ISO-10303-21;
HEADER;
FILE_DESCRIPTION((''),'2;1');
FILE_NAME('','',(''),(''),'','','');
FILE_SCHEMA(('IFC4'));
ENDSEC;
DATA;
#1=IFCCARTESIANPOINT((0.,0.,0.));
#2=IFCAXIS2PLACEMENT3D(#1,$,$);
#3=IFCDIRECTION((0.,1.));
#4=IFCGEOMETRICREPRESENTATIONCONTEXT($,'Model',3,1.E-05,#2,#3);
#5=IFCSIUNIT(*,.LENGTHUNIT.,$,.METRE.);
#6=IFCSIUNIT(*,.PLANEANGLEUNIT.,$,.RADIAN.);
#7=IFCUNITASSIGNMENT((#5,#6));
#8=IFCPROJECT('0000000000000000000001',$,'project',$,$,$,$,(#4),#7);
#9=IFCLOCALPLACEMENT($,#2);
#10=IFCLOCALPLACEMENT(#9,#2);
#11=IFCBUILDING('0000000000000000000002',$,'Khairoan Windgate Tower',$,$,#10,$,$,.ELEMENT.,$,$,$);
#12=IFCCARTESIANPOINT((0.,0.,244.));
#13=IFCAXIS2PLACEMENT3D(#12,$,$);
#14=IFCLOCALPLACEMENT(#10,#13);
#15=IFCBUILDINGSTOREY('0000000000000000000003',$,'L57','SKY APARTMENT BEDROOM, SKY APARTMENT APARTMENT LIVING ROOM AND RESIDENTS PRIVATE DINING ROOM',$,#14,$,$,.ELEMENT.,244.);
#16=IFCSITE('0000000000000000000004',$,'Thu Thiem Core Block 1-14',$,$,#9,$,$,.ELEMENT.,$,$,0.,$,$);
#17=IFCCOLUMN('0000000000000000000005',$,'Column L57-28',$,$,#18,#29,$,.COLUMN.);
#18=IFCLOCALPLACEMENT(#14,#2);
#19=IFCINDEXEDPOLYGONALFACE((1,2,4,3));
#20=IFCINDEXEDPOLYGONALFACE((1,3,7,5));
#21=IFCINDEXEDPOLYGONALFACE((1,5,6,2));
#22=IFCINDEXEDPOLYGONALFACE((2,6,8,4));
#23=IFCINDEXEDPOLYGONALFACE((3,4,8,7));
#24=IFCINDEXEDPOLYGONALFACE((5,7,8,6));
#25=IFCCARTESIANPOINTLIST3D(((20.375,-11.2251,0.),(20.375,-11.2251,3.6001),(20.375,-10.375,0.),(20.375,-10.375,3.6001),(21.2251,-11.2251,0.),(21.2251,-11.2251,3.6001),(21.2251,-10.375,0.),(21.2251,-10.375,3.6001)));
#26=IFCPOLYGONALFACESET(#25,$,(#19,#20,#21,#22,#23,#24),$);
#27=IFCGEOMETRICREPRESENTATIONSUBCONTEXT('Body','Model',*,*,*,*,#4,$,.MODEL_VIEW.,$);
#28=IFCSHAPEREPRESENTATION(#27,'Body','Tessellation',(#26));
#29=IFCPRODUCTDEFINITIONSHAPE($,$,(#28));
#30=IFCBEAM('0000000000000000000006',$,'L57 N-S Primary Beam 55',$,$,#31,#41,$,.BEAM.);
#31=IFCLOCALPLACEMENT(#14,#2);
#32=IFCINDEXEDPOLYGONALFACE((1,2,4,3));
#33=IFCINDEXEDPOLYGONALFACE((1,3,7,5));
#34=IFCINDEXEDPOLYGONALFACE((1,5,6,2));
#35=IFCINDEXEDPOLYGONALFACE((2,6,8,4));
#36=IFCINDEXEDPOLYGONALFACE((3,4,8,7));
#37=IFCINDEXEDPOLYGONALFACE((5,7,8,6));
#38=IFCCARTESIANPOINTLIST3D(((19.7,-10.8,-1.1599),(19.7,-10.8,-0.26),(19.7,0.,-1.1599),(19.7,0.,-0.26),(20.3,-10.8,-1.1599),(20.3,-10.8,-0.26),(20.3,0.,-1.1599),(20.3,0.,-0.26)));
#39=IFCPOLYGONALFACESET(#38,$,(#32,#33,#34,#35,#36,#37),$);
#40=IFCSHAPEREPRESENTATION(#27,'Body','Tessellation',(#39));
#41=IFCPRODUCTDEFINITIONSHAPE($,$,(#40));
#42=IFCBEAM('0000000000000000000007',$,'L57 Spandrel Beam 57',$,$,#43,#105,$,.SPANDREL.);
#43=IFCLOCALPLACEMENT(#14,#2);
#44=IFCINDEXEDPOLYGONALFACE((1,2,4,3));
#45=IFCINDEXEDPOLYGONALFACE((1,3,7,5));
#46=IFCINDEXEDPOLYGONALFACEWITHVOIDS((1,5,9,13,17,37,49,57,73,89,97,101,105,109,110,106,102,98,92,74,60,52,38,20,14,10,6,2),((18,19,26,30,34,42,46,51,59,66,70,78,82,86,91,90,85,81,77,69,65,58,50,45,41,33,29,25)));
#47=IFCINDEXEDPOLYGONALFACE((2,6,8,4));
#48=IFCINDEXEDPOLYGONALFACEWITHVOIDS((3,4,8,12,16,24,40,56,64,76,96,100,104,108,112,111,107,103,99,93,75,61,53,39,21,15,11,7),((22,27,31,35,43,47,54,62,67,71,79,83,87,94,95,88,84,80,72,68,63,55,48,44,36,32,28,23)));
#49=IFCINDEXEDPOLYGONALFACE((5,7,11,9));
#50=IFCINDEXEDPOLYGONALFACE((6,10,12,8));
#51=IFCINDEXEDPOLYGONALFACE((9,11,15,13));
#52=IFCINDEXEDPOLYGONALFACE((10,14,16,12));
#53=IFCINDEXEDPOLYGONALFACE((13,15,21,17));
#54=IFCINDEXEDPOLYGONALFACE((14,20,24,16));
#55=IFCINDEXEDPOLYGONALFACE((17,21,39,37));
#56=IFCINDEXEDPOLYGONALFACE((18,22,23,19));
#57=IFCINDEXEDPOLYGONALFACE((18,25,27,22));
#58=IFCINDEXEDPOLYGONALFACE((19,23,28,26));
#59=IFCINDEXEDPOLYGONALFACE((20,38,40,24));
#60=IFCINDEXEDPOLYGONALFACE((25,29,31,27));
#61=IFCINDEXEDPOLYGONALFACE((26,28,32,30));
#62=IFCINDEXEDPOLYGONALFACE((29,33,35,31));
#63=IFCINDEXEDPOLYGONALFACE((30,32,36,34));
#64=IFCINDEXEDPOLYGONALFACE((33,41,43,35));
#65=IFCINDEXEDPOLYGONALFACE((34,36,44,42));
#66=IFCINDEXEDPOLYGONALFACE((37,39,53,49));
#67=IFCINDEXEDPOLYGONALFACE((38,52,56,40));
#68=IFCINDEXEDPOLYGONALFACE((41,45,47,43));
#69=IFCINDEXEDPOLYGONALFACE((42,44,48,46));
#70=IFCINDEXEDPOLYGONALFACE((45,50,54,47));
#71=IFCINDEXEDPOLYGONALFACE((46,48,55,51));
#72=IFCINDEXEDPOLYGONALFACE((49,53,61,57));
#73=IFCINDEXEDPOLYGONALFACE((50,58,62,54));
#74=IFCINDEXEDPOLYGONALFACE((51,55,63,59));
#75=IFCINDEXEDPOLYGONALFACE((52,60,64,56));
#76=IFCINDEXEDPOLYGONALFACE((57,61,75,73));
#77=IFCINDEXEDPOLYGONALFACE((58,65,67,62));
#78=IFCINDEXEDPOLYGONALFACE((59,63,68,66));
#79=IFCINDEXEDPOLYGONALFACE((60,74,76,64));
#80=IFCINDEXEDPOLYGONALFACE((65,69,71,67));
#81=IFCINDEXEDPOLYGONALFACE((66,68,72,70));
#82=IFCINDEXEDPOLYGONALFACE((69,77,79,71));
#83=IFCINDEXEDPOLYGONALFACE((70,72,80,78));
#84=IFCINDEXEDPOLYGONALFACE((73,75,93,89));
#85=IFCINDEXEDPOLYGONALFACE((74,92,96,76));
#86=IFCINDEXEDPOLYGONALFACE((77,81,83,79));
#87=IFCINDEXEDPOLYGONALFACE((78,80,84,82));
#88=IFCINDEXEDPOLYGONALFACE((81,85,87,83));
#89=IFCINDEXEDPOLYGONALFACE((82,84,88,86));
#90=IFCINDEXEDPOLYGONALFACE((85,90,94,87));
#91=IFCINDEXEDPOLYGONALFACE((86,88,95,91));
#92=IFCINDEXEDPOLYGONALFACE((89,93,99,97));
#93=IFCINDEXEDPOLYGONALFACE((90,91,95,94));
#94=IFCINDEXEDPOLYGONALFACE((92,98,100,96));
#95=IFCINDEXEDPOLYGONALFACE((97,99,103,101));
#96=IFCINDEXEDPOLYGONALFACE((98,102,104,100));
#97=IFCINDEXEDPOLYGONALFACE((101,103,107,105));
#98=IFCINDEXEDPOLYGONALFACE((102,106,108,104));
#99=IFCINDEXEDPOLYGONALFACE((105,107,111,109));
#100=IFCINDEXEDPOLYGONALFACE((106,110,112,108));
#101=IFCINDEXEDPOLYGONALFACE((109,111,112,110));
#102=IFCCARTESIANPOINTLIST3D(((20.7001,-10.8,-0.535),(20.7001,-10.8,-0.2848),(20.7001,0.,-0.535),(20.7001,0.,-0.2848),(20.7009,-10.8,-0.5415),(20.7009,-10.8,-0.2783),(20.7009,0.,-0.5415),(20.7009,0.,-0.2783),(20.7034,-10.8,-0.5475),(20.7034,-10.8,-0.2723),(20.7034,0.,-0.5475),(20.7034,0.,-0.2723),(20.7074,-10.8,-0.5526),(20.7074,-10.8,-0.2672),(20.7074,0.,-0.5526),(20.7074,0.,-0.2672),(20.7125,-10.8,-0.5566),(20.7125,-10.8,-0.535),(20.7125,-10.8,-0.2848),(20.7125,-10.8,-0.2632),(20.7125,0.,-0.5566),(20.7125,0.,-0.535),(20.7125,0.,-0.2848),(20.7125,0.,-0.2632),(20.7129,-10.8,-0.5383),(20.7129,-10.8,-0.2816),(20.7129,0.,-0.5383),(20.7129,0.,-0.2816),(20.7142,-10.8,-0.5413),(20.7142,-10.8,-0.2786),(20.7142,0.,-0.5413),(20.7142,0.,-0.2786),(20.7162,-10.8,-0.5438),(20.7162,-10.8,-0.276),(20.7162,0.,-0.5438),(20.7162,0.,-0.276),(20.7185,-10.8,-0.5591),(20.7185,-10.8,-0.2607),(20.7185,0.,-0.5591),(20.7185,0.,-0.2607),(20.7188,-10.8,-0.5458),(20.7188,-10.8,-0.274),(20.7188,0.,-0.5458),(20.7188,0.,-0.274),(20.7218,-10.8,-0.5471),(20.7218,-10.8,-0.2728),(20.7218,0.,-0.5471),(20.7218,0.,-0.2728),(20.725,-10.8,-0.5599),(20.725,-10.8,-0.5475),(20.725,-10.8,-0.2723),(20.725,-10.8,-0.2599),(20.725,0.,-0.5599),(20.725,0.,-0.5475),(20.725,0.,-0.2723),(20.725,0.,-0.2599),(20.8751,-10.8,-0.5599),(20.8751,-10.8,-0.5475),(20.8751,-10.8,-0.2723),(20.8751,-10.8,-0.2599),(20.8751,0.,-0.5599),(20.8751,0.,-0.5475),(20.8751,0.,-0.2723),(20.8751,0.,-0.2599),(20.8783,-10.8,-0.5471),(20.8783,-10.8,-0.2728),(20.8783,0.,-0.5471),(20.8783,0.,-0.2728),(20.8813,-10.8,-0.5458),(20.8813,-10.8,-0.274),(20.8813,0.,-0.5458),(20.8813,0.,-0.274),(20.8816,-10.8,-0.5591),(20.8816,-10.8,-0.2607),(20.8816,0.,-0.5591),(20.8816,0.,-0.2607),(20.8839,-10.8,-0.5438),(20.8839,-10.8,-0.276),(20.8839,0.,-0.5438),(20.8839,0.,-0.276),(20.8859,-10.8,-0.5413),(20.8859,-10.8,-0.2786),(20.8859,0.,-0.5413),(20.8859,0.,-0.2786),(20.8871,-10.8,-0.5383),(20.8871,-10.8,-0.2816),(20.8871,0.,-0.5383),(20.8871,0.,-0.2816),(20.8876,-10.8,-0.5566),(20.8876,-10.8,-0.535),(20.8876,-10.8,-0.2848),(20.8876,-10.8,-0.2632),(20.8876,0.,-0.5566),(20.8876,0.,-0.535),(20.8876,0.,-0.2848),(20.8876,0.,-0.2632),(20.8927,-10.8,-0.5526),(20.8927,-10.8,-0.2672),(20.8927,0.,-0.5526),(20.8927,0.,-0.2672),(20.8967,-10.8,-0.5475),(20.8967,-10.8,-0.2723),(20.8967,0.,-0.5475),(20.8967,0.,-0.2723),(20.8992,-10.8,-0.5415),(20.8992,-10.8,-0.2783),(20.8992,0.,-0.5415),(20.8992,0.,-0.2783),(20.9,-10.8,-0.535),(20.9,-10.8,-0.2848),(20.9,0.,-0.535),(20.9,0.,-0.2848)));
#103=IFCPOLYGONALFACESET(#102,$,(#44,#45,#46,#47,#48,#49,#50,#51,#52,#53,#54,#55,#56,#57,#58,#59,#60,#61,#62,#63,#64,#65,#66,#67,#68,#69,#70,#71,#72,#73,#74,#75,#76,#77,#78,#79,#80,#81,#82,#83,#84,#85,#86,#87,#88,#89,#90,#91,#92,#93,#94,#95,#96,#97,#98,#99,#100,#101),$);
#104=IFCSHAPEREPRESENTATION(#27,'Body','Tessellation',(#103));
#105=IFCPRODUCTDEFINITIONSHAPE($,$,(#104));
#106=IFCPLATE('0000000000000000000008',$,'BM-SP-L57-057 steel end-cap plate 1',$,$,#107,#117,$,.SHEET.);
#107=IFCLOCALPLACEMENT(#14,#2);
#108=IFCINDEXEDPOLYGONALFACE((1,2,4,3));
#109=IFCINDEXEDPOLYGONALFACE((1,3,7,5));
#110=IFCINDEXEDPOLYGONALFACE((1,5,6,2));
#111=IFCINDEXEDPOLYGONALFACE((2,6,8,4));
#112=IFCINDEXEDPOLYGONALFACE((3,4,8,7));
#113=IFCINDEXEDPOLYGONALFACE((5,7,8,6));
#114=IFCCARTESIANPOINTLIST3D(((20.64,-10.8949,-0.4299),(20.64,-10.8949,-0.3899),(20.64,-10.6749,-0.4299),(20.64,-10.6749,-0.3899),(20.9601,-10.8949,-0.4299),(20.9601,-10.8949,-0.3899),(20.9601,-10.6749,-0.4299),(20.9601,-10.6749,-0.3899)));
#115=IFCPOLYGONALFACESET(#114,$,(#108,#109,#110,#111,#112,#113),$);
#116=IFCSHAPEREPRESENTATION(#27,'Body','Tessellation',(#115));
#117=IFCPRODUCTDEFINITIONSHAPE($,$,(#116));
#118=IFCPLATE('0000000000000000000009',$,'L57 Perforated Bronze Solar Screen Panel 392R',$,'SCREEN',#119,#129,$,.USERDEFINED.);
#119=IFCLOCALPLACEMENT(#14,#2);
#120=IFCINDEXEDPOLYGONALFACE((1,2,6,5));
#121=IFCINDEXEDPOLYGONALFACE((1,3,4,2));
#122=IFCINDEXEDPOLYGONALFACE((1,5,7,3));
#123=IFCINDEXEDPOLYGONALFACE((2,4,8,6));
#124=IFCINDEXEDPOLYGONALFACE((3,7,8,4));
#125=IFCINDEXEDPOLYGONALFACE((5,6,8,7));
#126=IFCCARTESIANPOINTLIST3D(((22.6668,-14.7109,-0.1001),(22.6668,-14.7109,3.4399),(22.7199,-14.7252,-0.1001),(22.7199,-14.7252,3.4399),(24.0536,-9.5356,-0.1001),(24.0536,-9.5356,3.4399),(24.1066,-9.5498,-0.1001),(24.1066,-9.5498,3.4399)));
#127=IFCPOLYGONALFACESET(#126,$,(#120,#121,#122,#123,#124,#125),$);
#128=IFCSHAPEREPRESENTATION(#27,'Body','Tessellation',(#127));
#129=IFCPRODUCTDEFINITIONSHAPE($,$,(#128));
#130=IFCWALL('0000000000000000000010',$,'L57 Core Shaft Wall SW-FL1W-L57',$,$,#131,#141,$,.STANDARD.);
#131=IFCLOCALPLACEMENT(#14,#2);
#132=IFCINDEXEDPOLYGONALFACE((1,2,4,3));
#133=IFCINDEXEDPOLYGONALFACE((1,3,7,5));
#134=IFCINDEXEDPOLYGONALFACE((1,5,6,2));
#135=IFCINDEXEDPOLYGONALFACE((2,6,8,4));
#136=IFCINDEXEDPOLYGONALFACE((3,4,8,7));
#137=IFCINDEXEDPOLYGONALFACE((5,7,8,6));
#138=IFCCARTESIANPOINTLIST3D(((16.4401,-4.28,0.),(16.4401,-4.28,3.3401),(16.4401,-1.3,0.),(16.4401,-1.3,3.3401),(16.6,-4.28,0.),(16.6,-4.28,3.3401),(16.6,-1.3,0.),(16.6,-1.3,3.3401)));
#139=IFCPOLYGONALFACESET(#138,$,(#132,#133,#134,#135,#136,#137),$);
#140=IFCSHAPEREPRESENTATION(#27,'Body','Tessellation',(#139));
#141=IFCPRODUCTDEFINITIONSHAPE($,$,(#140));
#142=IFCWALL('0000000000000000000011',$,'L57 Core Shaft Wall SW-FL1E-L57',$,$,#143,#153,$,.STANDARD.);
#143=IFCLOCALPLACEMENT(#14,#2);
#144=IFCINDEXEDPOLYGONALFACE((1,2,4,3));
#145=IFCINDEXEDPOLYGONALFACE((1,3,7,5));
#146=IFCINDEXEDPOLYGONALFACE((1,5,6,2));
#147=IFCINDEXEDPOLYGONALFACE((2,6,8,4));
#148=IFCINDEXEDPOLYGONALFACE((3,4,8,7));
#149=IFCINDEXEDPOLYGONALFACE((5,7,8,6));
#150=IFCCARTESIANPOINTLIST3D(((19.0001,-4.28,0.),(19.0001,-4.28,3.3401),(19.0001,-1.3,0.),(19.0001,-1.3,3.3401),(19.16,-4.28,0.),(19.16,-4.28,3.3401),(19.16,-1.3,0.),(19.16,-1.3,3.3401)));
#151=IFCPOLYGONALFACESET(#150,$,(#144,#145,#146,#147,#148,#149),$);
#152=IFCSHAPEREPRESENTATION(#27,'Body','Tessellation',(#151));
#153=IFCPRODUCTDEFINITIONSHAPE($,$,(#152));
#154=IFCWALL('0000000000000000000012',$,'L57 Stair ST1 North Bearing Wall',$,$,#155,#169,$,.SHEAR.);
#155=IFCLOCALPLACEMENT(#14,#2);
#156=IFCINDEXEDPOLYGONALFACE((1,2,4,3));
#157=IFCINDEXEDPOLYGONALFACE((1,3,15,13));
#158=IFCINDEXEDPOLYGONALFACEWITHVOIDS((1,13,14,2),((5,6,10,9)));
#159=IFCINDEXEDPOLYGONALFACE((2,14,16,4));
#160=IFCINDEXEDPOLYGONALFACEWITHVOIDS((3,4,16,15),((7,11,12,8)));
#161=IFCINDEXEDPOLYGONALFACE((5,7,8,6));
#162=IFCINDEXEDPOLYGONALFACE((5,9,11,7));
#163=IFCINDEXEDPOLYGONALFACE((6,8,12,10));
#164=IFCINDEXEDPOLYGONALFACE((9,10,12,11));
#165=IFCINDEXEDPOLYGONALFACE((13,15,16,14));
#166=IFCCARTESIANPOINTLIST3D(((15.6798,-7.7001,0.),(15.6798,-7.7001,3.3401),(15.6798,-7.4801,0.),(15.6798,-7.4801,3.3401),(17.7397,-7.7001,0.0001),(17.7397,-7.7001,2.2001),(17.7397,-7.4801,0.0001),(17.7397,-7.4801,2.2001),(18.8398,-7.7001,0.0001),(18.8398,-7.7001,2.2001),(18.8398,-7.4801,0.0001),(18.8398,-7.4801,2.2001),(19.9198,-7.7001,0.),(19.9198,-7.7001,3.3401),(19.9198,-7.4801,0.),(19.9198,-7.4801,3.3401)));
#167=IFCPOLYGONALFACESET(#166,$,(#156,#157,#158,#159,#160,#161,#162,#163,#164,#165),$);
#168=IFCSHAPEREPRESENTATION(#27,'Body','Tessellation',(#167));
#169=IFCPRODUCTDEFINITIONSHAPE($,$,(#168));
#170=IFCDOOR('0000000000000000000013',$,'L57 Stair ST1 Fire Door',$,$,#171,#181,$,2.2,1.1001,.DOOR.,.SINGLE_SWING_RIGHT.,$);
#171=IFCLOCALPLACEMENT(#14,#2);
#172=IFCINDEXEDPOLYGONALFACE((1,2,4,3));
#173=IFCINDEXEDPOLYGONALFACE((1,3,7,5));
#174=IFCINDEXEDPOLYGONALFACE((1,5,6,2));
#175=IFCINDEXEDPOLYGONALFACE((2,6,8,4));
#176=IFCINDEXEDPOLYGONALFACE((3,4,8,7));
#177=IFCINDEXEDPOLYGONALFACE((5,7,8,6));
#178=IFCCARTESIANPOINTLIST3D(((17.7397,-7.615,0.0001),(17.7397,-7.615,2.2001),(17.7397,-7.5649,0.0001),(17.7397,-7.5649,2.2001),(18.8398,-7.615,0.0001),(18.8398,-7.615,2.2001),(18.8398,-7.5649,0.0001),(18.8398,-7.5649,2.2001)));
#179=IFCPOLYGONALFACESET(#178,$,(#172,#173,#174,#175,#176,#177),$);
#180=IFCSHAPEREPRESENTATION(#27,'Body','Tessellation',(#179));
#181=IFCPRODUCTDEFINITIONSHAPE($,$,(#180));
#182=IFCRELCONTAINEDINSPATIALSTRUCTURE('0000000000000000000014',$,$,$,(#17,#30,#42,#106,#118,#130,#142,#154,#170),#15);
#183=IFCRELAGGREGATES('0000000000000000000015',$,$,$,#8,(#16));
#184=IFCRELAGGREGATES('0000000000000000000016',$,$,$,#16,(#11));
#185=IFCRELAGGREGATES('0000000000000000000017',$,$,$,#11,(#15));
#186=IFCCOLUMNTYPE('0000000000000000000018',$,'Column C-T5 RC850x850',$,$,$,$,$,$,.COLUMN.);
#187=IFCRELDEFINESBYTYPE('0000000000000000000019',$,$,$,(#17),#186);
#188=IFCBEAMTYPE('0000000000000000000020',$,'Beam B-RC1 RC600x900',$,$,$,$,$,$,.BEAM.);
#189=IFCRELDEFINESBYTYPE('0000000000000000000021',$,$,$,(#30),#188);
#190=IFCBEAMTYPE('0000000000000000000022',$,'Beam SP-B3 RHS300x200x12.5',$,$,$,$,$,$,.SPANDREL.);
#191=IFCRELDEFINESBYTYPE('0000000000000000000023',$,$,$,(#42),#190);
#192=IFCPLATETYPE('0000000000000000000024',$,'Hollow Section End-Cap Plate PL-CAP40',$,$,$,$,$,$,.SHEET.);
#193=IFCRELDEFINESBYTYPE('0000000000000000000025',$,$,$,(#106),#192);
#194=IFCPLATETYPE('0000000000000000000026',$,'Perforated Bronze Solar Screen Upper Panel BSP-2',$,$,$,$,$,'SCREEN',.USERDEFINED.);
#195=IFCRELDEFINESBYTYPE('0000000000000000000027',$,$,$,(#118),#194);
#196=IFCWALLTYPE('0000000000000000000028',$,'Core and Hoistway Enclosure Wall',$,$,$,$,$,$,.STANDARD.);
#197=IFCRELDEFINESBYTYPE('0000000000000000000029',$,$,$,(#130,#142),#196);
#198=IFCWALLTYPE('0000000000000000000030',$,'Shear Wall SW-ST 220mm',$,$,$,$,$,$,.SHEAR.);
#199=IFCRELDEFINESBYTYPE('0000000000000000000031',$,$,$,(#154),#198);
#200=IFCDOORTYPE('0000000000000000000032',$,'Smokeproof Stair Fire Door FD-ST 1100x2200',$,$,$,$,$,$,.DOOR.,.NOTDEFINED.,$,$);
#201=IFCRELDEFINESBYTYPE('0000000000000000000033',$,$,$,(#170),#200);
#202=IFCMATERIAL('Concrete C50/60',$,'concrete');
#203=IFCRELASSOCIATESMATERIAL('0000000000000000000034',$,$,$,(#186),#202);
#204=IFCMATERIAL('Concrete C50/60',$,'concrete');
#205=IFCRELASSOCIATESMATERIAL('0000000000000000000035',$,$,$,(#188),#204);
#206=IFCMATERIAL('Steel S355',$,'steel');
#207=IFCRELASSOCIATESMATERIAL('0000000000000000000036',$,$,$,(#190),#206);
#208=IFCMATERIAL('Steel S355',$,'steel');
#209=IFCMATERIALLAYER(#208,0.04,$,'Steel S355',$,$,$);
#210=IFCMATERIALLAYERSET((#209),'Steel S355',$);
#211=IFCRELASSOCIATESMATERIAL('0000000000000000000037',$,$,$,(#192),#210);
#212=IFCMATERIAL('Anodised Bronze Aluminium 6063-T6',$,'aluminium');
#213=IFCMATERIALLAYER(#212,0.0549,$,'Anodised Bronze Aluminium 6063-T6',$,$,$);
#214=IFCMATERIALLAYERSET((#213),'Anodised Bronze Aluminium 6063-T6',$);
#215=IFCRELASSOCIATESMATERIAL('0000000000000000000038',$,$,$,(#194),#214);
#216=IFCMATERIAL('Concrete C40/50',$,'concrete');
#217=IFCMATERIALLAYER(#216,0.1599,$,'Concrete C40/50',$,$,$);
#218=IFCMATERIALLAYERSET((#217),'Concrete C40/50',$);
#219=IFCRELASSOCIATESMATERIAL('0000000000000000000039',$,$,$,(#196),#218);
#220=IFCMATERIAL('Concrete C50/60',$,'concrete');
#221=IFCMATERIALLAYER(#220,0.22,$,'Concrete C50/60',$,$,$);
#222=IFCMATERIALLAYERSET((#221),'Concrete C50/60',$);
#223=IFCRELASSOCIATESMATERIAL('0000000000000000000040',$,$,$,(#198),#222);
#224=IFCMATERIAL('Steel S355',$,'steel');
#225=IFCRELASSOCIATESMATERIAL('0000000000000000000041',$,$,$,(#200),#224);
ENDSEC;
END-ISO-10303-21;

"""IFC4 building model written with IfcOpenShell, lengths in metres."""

from ifc_helpers import new_model, si_unit, direction, frame, frame_2d, origin, origin_2d, place, context, subcontext, project, spatial, rectangle, hollow_rectangle, extrude, material, layer, layer_set, material_profile, profile_set, type_object, element, fill, save


model = new_model("IFC4")

# Units and contexts
model_context = context("Model", 3, precision=1e-05, world=origin(), true_north=direction((0.0, 1.0)))
body_context = subcontext(model_context, "Body", "Model", "MODEL_VIEW")
ifc_project = project(units=[si_unit("LENGTHUNIT", "METRE"), si_unit("PLANEANGLEUNIT", "RADIAN")], contexts=[model_context])

# Site, building, storey
site_placement = place(None, origin())
site = spatial("IfcSite", under=ifc_project, at=site_placement, Name="Thu Thiem Core Block 1-14", CompositionType="ELEMENT", RefElevation=0.0)
building_placement = place(site_placement, origin())
building = spatial("IfcBuilding", under=site, at=building_placement, Name="Khairoan Windgate Tower", CompositionType="ELEMENT")
storey_placement = place(building_placement, frame((0.0, 0.0, 244.0)))
storey = spatial("IfcBuildingStorey", under=building, at=storey_placement, Name="L57", Description="SKY APARTMENT BEDROOM, SKY APARTMENT APARTMENT LIVING ROOM AND RESIDENTS PRIVATE DINING ROOM", CompositionType="ELEMENT", Elevation=244.0)

# Column
ifc_material_1 = material(Name="Concrete C50/60", Category="concrete")
ifc_material_profile_1 = material_profile(ifc_material_1, rectangle(XDim=0.8501, YDim=0.8501, at=origin_2d()))
ifc_profile_set_1 = profile_set([ifc_material_profile_1], Name="Concrete C50/60")
column_type = type_object("IfcColumnType", Name="Column C-T5 RC850x850", PredefinedType="COLUMN", material=ifc_profile_set_1)
column_placement = place(storey_placement, frame((20.8, -10.8, 0.0), z_axis=(0.0, 0.0, 1.0), x_axis=(1.0, 0.0, 0.0)))
element("IfcColumn", 1, at=column_placement, inside=storey, type_object=column_type, Name="Column L57-28", PredefinedType="COLUMN", context=body_context, shape_type="SweptSolid", body=[
    extrude(rectangle(XDim=0.8501, YDim=0.8501, at=origin_2d()), origin(), (0.0, 0.0, 1.0), 3.6001),
])

# Beams
ifc_material_2 = material(Name="Concrete C50/60", Category="concrete")
ifc_material_profile_2 = material_profile(ifc_material_2, rectangle(XDim=0.6001, YDim=0.8999, at=origin_2d()))
ifc_profile_set_2 = profile_set([ifc_material_profile_2], Name="Concrete C50/60")
beam_type_1 = type_object("IfcBeamType", Name="Beam B-RC1 RC600x900", PredefinedType="BEAM", material=ifc_profile_set_2)
beam_1_placement = place(storey_placement, frame((20.0, -10.8, -0.71), z_axis=(0.0, 1.0, 0.0), x_axis=(-1.0, 0.0, 0.0)))
element("IfcBeam", 2, at=beam_1_placement, inside=storey, type_object=beam_type_1, Name="L57 N-S Primary Beam 55", PredefinedType="BEAM", context=body_context, shape_type="SweptSolid", body=[
    extrude(rectangle(XDim=0.6001, YDim=0.8999, at=origin_2d()), origin(), (0.0, 0.0, 1.0), 10.8),
])
ifc_material_3 = material(Name="Steel S355", Category="steel")
ifc_material_profile_3 = material_profile(ifc_material_3, hollow_rectangle(XDim=0.2, YDim=0.3, WallThickness=0.0125, InnerFilletRadius=0.0125, OuterFilletRadius=0.0249, at=origin_2d()))
ifc_profile_set_3 = profile_set([ifc_material_profile_3], Name="Steel S355")
beam_type_2 = type_object("IfcBeamType", Name="Beam SP-B3 RHS300x200x12.5", PredefinedType="SPANDREL", material=ifc_profile_set_3)
beam_2_placement = place(storey_placement, frame((20.8, -10.8, -0.4099), z_axis=(0.0, 1.0, 0.0), x_axis=(-1.0, 0.0, 0.0)))
element("IfcBeam", 3, at=beam_2_placement, inside=storey, type_object=beam_type_2, Name="L57 Spandrel Beam 57", PredefinedType="SPANDREL", context=body_context, shape_type="SweptSolid", body=[
    extrude(hollow_rectangle(XDim=0.2, YDim=0.3, WallThickness=0.0125, InnerFilletRadius=0.0125, OuterFilletRadius=0.0249, at=origin_2d()), origin(), (0.0, 0.0, 1.0), 10.8),
])

# Plates
ifc_material_4 = material(Name="Steel S355", Category="steel")
ifc_layer_1 = layer(ifc_material_4, 0.04, Name="Steel S355")
ifc_layer_set_1 = layer_set([ifc_layer_1], Name="Steel S355")
plate_type_1 = type_object("IfcPlateType", Name="Hollow Section End-Cap Plate PL-CAP40", PredefinedType="SHEET", material=ifc_layer_set_1)
plate_1_placement = place(storey_placement, frame((20.8, -10.7849, -0.4299), z_axis=(0.0, 0.0, 1.0), x_axis=(0.0, 1.0, 0.0)))
element("IfcPlate", 4, at=plate_1_placement, inside=storey, type_object=plate_type_1, Name="BM-SP-L57-057 steel end-cap plate 1", PredefinedType="SHEET", context=body_context, shape_type="SweptSolid", body=[
    extrude(rectangle(XDim=0.22, YDim=0.3201, at=origin_2d()), origin(), (0.0, 0.0, 1.0), 0.04),
])
ifc_material_5 = material(Name="Anodised Bronze Aluminium 6063-T6", Category="aluminium")
ifc_layer_2 = layer(ifc_material_5, 0.0549, Name="Anodised Bronze Aluminium 6063-T6")
ifc_layer_set_2 = layer_set([ifc_layer_2], Name="Anodised Bronze Aluminium 6063-T6")
plate_type_2 = type_object("IfcPlateType", Name="Perforated Bronze Solar Screen Upper Panel BSP-2", ElementType="SCREEN", PredefinedType="USERDEFINED", material=ifc_layer_set_2)
plate_2_placement = place(storey_placement, frame((23.3867, -12.1304, -0.1001), z_axis=(0.0, 0.0, 1.0), x_axis=(-0.258819, -0.965926, 0.0)))
element("IfcPlate", 5, at=plate_2_placement, inside=storey, type_object=plate_type_2, Name="L57 Perforated Bronze Solar Screen Panel 392R", ObjectType="SCREEN", PredefinedType="USERDEFINED", context=body_context, shape_type="SweptSolid", body=[
    extrude(rectangle(XDim=5.3579, YDim=0.0549, at=origin_2d()), origin(), (0.0, 0.0, 1.0), 3.54),
])

# Walls
ifc_material_6 = material(Name="Concrete C40/50", Category="concrete")
ifc_layer_3 = layer(ifc_material_6, 0.1599, Name="Concrete C40/50")
ifc_layer_set_3 = layer_set([ifc_layer_3], Name="Concrete C40/50")
wall_type_1 = type_object("IfcWallType", Name="Core and Hoistway Enclosure Wall", PredefinedType="STANDARD", material=ifc_layer_set_3)
for number, where, z_axis, x_axis, name in (
    (6, (16.52, -4.28, 0.0), (0.0, 0.0, 1.0), (0.0, 1.0, 0.0), "L57 Core Shaft Wall SW-FL1W-L57"),
    (7, (19.0801, -4.28, 0.0), (0.0, 0.0, 1.0), (0.0, 1.0, 0.0), "L57 Core Shaft Wall SW-FL1E-L57"),
):
    element("IfcWall", number, at=place(storey_placement, frame(where, z_axis=z_axis, x_axis=x_axis)), inside=storey, type_object=wall_type_1, Name=name, PredefinedType="STANDARD", context=body_context, shape_type="SweptSolid", body=[
        extrude(rectangle(XDim=2.98, YDim=0.1599, at=frame_2d((1.49, 0.0))), origin(), (0.0, 0.0, 1.0), 3.3401),
    ])

# Wall, opening, door
ifc_material_7 = material(Name="Concrete C50/60", Category="concrete")
ifc_layer_4 = layer(ifc_material_7, 0.22, Name="Concrete C50/60")
ifc_layer_set_4 = layer_set([ifc_layer_4], Name="Concrete C50/60")
wall_type_2 = type_object("IfcWallType", Name="Shear Wall SW-ST 220mm", PredefinedType="SHEAR", material=ifc_layer_set_4)
wall_placement = place(storey_placement, frame((19.9199, -7.5901, 0.0), z_axis=(0.0, 0.0, 1.0), x_axis=(-1.0, 0.0, 0.0)))
wall = element("IfcWall", 8, at=wall_placement, inside=storey, type_object=wall_type_2, Name="L57 Stair ST1 North Bearing Wall", PredefinedType="SHEAR", context=body_context, shape_type="SweptSolid", body=[
    extrude(rectangle(XDim=4.24, YDim=0.22, at=frame_2d((2.1201, 0.0))), origin(), (0.0, 0.0, 1.0), 3.3401),
])
opening_placement = place(wall_placement, frame((1.0801, 0.0, 0.0)))
opening = element("IfcOpeningElement", 9, at=opening_placement, cuts=wall, PredefinedType="OPENING", context=body_context, shape_type="SweptSolid", body=[
    extrude(rectangle(XDim=1.1001, YDim=2.2, at=frame_2d((0.55, 1.1001))), frame((0.0, 0.1199, 0.0), z_axis=(0.0, -1.0, 0.0), x_axis=(1.0, 0.0, 0.0)), (0.0, 0.0, 1.0), 0.24),
])
ifc_material_8 = material(Name="Steel S355", Category="steel")
door_type = type_object("IfcDoorType", Name="Smokeproof Stair Fire Door FD-ST 1100x2200", OperationType="NOTDEFINED", PredefinedType="DOOR", material=ifc_material_8)
door_placement = place(opening_placement, origin())
door = element("IfcDoor", 10, at=door_placement, inside=storey, type_object=door_type, Name="L57 Stair ST1 Fire Door", OperationType="SINGLE_SWING_RIGHT", OverallHeight=2.2, OverallWidth=1.1001, PredefinedType="DOOR", context=body_context, shape_type="SweptSolid", body=[
    extrude(rectangle(XDim=1.1001, YDim=2.2, at=frame_2d((0.55, 1.1001))), frame((0.0, 0.0249, 0.0), z_axis=(0.0, -1.0, 0.0), x_axis=(1.0, 0.0, 0.0)), (0.0, 0.0, 1.0), 0.05),
])
fill(opening, door)

save(model, "model.ifc")
